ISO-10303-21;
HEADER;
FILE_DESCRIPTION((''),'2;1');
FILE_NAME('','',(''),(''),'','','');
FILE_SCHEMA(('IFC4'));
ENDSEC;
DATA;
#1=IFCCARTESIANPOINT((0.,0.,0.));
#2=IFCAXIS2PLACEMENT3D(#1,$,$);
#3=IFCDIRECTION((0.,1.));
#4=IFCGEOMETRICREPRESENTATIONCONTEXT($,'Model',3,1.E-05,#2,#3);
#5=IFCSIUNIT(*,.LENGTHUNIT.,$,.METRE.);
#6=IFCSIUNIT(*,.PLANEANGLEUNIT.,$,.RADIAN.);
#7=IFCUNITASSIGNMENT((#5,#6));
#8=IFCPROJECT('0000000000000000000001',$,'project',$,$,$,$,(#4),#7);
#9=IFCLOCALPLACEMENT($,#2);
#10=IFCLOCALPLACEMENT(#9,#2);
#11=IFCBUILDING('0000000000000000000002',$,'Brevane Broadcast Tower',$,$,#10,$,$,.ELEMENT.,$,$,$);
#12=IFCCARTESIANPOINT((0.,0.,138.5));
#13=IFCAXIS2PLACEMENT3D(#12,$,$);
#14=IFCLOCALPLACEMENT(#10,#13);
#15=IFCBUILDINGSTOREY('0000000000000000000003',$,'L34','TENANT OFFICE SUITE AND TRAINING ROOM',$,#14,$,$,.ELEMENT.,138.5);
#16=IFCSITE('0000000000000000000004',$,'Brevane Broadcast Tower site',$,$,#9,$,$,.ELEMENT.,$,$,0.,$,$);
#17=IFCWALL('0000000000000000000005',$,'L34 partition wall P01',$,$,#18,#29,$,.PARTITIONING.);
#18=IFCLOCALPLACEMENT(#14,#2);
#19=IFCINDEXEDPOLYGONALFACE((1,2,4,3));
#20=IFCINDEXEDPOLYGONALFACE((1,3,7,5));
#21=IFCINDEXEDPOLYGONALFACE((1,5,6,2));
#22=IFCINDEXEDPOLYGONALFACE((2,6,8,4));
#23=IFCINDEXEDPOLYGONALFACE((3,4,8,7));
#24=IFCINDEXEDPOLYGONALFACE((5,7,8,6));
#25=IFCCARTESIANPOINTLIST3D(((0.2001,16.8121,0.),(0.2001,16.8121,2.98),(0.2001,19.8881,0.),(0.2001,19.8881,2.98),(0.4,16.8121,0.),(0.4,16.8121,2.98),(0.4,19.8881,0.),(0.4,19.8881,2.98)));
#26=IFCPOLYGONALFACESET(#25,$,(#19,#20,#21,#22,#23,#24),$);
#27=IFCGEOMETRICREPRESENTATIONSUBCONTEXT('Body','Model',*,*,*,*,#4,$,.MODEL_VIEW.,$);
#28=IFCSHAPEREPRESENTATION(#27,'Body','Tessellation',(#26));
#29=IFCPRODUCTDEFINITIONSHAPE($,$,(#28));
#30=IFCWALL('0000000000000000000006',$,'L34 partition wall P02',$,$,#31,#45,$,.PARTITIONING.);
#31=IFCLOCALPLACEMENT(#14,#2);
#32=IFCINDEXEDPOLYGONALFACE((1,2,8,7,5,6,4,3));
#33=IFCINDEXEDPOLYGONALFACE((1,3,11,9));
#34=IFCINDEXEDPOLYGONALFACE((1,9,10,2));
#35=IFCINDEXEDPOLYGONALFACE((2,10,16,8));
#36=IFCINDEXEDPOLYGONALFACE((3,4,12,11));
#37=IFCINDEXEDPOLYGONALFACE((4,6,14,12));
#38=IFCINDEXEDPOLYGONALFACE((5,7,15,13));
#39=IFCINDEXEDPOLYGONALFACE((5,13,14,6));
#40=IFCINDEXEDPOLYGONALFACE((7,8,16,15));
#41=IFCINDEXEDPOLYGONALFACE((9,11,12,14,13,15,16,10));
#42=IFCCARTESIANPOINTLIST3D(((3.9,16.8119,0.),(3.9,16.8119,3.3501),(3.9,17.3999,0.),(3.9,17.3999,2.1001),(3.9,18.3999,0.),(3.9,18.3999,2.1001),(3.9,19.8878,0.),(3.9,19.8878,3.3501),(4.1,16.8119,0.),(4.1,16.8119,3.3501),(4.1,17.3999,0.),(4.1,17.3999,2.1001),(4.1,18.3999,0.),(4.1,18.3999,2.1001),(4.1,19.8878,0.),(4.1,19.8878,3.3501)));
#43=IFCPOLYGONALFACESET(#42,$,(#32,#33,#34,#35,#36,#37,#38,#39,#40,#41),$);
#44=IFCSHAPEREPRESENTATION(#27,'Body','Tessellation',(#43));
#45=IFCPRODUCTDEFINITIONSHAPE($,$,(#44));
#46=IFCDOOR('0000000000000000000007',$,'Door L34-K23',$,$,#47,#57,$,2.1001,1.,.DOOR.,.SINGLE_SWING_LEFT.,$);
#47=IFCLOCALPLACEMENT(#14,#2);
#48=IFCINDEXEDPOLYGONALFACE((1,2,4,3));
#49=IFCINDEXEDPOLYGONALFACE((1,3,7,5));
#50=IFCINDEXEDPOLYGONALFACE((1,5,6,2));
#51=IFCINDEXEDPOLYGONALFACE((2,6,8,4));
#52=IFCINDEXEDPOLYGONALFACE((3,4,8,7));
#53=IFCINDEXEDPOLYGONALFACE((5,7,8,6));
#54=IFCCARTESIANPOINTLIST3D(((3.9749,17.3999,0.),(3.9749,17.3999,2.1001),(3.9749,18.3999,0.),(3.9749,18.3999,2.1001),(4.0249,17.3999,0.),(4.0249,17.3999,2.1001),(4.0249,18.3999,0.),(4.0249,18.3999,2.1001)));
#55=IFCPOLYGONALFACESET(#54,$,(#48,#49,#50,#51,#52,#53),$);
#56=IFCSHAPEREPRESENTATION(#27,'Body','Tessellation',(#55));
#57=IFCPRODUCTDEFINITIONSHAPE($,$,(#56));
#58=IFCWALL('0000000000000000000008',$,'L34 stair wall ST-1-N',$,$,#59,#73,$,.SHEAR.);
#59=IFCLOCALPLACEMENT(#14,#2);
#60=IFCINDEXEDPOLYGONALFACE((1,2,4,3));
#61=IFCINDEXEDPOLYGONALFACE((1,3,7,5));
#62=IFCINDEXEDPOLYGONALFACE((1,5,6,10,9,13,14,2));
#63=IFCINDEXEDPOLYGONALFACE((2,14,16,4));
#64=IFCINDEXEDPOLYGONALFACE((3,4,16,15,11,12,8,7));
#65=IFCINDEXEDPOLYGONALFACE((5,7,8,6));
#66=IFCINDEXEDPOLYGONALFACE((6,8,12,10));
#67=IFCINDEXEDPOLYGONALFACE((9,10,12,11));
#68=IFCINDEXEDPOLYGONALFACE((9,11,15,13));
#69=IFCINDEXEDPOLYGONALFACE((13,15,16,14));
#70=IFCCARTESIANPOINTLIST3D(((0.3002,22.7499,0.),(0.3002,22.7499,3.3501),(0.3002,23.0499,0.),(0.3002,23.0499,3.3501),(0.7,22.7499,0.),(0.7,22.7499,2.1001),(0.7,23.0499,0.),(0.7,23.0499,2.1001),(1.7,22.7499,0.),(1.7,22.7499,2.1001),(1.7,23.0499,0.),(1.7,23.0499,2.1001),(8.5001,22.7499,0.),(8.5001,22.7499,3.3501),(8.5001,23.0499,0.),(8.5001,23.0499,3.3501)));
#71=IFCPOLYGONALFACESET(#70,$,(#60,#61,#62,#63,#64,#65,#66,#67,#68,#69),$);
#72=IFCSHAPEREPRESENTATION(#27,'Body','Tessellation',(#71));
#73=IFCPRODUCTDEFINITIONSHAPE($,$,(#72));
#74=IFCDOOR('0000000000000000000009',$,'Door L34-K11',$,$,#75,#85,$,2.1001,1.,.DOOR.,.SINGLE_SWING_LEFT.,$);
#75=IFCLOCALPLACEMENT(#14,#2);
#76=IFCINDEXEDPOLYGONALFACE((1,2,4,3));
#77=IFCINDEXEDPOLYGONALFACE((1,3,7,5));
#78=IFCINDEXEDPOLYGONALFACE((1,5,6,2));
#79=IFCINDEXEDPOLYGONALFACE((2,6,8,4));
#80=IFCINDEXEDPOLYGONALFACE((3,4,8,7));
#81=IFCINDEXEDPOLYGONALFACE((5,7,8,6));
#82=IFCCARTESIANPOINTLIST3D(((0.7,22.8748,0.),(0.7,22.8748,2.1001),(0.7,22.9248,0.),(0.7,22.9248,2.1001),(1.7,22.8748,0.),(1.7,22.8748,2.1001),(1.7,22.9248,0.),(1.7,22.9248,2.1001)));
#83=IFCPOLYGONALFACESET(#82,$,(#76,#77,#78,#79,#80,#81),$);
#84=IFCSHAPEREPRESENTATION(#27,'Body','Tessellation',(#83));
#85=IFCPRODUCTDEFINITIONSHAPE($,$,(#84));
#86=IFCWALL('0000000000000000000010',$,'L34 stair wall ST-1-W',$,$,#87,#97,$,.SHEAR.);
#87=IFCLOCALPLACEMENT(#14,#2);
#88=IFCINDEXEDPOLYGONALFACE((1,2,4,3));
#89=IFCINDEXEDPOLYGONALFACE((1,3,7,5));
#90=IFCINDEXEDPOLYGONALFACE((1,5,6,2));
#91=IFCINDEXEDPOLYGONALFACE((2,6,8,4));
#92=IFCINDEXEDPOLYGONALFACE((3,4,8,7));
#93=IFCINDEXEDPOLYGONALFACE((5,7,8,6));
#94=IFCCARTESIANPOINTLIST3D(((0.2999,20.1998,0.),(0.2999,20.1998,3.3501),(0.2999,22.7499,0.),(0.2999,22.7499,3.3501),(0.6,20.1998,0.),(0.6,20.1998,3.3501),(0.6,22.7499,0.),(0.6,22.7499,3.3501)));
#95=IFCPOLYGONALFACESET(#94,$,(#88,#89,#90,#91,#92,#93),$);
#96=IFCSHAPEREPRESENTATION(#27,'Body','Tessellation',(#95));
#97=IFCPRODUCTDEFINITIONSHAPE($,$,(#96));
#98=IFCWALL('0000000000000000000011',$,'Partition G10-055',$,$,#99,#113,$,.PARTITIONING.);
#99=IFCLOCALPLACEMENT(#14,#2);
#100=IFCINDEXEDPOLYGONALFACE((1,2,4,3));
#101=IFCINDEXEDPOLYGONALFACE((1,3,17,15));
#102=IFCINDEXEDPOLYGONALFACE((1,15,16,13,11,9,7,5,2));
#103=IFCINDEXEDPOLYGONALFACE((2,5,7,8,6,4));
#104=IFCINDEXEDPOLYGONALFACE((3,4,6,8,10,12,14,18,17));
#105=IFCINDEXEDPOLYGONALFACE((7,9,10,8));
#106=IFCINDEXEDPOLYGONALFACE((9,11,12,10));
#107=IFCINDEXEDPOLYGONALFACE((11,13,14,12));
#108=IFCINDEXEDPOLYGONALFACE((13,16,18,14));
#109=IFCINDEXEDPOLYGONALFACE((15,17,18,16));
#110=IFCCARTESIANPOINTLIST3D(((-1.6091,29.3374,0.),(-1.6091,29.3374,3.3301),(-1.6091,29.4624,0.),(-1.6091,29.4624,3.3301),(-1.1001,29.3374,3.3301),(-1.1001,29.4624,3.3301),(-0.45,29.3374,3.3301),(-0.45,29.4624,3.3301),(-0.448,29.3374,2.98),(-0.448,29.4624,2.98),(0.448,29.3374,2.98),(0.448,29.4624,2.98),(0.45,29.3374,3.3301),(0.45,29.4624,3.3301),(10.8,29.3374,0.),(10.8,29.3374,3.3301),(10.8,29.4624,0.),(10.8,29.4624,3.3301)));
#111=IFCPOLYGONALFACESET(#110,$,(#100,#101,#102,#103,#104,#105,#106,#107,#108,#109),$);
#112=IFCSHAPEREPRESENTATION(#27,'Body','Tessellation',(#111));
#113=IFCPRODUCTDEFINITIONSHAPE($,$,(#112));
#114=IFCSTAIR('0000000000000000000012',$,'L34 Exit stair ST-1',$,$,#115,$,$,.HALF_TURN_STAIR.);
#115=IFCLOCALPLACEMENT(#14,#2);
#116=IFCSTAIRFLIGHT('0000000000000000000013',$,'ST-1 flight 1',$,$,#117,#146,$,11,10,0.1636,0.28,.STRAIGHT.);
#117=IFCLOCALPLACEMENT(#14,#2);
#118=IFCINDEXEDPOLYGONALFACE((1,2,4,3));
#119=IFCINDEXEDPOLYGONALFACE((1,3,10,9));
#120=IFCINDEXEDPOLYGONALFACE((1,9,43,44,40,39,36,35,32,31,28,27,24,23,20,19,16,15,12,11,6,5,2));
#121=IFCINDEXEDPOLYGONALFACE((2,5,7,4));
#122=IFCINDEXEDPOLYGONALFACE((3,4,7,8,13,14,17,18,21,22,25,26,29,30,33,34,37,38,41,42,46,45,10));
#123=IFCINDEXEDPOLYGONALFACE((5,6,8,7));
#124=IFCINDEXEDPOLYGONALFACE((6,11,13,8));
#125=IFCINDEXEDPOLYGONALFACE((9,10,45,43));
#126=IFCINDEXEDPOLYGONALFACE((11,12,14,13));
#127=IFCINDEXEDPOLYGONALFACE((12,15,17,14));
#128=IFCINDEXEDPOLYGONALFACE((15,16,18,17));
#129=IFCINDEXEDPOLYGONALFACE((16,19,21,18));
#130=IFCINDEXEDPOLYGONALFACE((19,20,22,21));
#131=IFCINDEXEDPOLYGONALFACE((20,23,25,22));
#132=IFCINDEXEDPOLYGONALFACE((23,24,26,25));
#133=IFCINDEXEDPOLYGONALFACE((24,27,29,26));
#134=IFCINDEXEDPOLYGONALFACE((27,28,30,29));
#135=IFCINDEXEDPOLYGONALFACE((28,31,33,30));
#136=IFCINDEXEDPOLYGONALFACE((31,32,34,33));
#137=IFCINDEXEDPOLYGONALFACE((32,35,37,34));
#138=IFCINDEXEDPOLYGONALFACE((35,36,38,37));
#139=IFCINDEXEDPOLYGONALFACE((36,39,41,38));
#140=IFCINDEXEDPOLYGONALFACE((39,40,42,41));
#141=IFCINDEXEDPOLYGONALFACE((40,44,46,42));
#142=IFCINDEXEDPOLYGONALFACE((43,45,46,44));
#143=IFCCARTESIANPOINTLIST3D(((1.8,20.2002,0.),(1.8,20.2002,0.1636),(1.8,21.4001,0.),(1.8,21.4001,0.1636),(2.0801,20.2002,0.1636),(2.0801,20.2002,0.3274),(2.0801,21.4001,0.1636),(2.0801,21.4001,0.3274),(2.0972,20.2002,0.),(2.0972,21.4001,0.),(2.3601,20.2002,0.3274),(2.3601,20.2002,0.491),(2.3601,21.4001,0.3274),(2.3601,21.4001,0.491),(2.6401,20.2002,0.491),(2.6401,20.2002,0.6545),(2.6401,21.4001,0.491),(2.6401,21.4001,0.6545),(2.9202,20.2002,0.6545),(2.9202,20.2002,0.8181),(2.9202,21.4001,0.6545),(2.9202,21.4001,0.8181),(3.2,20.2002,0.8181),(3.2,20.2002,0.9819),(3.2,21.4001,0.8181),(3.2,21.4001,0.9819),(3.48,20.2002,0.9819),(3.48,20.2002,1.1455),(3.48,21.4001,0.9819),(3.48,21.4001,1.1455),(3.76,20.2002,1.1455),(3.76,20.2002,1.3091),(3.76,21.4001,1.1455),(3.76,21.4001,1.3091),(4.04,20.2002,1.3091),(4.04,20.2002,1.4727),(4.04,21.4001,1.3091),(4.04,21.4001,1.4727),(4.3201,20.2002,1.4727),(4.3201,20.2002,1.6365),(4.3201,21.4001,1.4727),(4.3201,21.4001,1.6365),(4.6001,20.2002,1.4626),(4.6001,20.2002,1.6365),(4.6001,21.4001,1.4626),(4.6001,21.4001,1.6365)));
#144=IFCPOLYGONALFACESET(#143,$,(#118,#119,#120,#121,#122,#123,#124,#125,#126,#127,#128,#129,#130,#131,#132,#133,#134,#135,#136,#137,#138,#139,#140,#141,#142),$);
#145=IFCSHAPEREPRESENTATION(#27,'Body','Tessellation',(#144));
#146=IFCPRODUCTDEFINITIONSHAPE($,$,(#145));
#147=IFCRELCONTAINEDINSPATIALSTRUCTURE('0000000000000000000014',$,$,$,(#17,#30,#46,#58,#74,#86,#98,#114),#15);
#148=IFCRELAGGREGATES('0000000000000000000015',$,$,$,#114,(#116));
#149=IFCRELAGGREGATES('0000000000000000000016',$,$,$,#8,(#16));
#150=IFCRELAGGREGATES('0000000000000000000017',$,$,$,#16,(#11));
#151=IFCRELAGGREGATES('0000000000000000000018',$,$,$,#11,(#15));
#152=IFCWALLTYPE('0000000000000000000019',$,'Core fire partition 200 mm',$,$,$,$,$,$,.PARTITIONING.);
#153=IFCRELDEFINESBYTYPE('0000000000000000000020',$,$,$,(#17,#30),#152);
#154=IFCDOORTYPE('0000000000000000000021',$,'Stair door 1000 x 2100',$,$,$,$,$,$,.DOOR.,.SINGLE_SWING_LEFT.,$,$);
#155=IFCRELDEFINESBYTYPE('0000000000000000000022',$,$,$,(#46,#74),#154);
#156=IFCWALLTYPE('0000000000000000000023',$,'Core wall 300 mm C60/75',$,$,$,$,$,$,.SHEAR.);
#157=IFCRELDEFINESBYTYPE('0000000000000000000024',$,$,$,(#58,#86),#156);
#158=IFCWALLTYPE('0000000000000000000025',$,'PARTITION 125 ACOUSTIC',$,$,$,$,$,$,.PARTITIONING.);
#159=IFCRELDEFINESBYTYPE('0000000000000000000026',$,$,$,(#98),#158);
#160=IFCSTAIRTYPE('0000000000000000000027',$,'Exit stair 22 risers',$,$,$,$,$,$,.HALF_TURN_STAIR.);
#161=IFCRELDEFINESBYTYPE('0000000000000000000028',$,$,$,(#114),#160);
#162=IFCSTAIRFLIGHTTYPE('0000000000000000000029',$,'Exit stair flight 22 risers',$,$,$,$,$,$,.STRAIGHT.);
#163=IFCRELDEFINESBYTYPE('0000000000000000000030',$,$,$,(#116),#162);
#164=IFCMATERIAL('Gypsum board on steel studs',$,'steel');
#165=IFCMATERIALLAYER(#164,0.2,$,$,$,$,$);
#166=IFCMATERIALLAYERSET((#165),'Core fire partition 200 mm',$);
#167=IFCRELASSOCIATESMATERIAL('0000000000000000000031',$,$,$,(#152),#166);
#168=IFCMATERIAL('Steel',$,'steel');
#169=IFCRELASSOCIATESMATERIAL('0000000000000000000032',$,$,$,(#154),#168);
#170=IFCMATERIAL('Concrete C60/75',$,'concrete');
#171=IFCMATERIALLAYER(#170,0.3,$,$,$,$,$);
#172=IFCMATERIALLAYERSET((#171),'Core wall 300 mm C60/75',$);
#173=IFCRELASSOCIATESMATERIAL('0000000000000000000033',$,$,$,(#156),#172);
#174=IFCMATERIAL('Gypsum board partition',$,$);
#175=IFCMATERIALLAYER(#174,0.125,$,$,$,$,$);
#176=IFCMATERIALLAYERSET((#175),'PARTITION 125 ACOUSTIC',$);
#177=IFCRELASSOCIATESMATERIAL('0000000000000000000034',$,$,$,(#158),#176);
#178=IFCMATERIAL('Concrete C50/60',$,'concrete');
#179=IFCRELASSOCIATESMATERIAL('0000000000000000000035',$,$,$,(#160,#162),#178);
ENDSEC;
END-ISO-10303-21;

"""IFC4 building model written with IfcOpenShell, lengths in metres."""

from ifc_helpers import new_model, si_unit, direction, frame, frame_2d, origin, place, context, subcontext, project, spatial, polyline, rectangle, outline, extrude, material, layer, layer_set, type_object, element, fill, aggregate, save


model = new_model("IFC4")

# Units and contexts
model_context = context("Model", 3, precision=1e-05, world=origin(), true_north=direction((0.0, 1.0)))
body_context = subcontext(model_context, "Body", "Model", "MODEL_VIEW")
ifc_project = project(units=[si_unit("LENGTHUNIT", "METRE"), si_unit("PLANEANGLEUNIT", "RADIAN")], contexts=[model_context])

# Site, building, storey
site_placement = place(None, origin())
site = spatial("IfcSite", under=ifc_project, at=site_placement, Name="Brevane Broadcast Tower site", CompositionType="ELEMENT", RefElevation=0.0)
building_placement = place(site_placement, origin())
building = spatial("IfcBuilding", under=site, at=building_placement, Name="Brevane Broadcast Tower", CompositionType="ELEMENT")
storey_placement = place(building_placement, frame((0.0, 0.0, 138.5)))
storey = spatial("IfcBuildingStorey", under=building, at=storey_placement, Name="L34", Description="TENANT OFFICE SUITE AND TRAINING ROOM", CompositionType="ELEMENT", Elevation=138.5)

# Shared definitions
ifc_material_1 = material(Name="Concrete C60/75", Category="concrete")

# Wall
ifc_material_2 = material(Name="Gypsum board on steel studs", Category="steel")
ifc_layer_1 = layer(ifc_material_2, 0.2)
ifc_layer_set_1 = layer_set([ifc_layer_1], Name="Core fire partition 200 mm")
wall_type_1 = type_object("IfcWallType", Name="Core fire partition 200 mm", PredefinedType="PARTITIONING", material=ifc_layer_set_1)
wall_1_placement = place(storey_placement, frame((0.3, 16.812, 0.0), z_axis=(0.0, 0.0, 1.0), x_axis=(0.0, 1.0, 0.0)))
element("IfcWall", 1, at=wall_1_placement, inside=storey, type_object=wall_type_1, Name="L34 partition wall P01", PredefinedType="PARTITIONING", context=body_context, shape_type="SweptSolid", body=[
    extrude(rectangle(XDim=3.0759, YDim=0.2, at=frame_2d((1.5381, 0.0))), origin(), (0.0, 0.0, 1.0), 2.98),
])

# Walls, openings, doors
wall_2_placement = place(storey_placement, frame((4.0, 19.8879, 0.0), z_axis=(0.0, 0.0, 1.0), x_axis=(0.0, -1.0, 0.0)))
wall_2 = element("IfcWall", 2, at=wall_2_placement, inside=storey, type_object=wall_type_1, Name="L34 partition wall P02", PredefinedType="PARTITIONING", context=body_context, shape_type="SweptSolid", body=[
    extrude(rectangle(XDim=3.0759, YDim=0.2, at=frame_2d((1.5381, 0.0))), origin(), (0.0, 0.0, 1.0), 3.3501),
])
opening_1_placement = place(wall_2_placement, frame((1.488, 0.0, 0.0)))
opening_1 = element("IfcOpeningElement", 3, at=opening_1_placement, cuts=wall_2, PredefinedType="OPENING", context=body_context, shape_type="SweptSolid", body=[
    extrude(rectangle(XDim=1.0, YDim=2.1001, at=frame_2d((0.5, 1.05))), frame((0.0, 0.1099, 0.0), z_axis=(0.0, -1.0, 0.0), x_axis=(1.0, 0.0, 0.0)), (0.0, 0.0, 1.0), 0.22),
])
ifc_material_3 = material(Name="Steel", Category="steel")
door_type = type_object("IfcDoorType", Name="Stair door 1000 x 2100", OperationType="SINGLE_SWING_LEFT", PredefinedType="DOOR", material=ifc_material_3)
door_1_placement = place(opening_1_placement, origin())
door_1 = element("IfcDoor", 4, at=door_1_placement, inside=storey, type_object=door_type, Name="Door L34-K23", OperationType="SINGLE_SWING_LEFT", OverallHeight=2.1001, OverallWidth=1.0, PredefinedType="DOOR", context=body_context, shape_type="SweptSolid", body=[
    extrude(rectangle(XDim=1.0, YDim=2.1001, at=frame_2d((0.5, 1.05))), frame((0.0, 0.0249, 0.0), z_axis=(0.0, -1.0, 0.0), x_axis=(1.0, 0.0, 0.0)), (0.0, 0.0, 1.0), 0.05),
])
fill(opening_1, door_1)
ifc_layer_2 = layer(ifc_material_1, 0.3)
ifc_layer_set_2 = layer_set([ifc_layer_2], Name="Core wall 300 mm C60/75")
wall_type_2 = type_object("IfcWallType", Name="Core wall 300 mm C60/75", PredefinedType="SHEAR", material=ifc_layer_set_2)
wall_3_placement = place(storey_placement, frame((0.3, 22.8999, 0.0), z_axis=(0.0, 0.0, 1.0), x_axis=(1.0, 0.0, 0.0)))
wall_3 = element("IfcWall", 5, at=wall_3_placement, inside=storey, type_object=wall_type_2, Name="L34 stair wall ST-1-N", PredefinedType="SHEAR", context=body_context, shape_type="SweptSolid", body=[
    extrude(rectangle(XDim=8.2, YDim=0.3, at=frame_2d((4.1001, 0.0))), origin(), (0.0, 0.0, 1.0), 3.3501),
])
opening_2_placement = place(wall_3_placement, frame((0.3999, 0.0, 0.0)))
opening_2 = element("IfcOpeningElement", 6, at=opening_2_placement, cuts=wall_3, PredefinedType="OPENING", context=body_context, shape_type="SweptSolid", body=[
    extrude(rectangle(XDim=1.0, YDim=2.1001, at=frame_2d((0.5, 1.05))), frame((0.0, 0.1599, 0.0), z_axis=(0.0, -1.0, 0.0), x_axis=(1.0, 0.0, 0.0)), (0.0, 0.0, 1.0), 0.3201),
])
door_2_placement = place(opening_2_placement, origin())
door_2 = element("IfcDoor", 7, at=door_2_placement, inside=storey, type_object=door_type, Name="Door L34-K11", OperationType="SINGLE_SWING_LEFT", OverallHeight=2.1001, OverallWidth=1.0, PredefinedType="DOOR", context=body_context, shape_type="SweptSolid", body=[
    extrude(rectangle(XDim=1.0, YDim=2.1001, at=frame_2d((0.5, 1.05))), frame((0.0, 0.0249, 0.0), z_axis=(0.0, -1.0, 0.0), x_axis=(1.0, 0.0, 0.0)), (0.0, 0.0, 1.0), 0.05),
])
fill(opening_2, door_2)

# Walls
wall_4_placement = place(storey_placement, frame((0.45, 20.2, 0.0), z_axis=(0.0, 0.0, 1.0), x_axis=(0.0, 1.0, 0.0)))
element("IfcWall", 8, at=wall_4_placement, inside=storey, type_object=wall_type_2, Name="L34 stair wall ST-1-W", PredefinedType="SHEAR", context=body_context, shape_type="SweptSolid", body=[
    extrude(rectangle(XDim=2.55, YDim=0.3, at=frame_2d((1.2749, 0.0))), origin(), (0.0, 0.0, 1.0), 3.3501),
])
ifc_material_4 = material(Name="Gypsum board partition")
ifc_layer_3 = layer(ifc_material_4, 0.125)
ifc_layer_set_3 = layer_set([ifc_layer_3], Name="PARTITION 125 ACOUSTIC")
wall_type_3 = type_object("IfcWallType", Name="PARTITION 125 ACOUSTIC", PredefinedType="PARTITIONING", material=ifc_layer_set_3)
wall_5_placement = place(storey_placement, frame((-1.6091, 29.3999, 0.0), z_axis=(0.0, 0.0, 1.0), x_axis=(1.0, 0.0, 0.0)))
element("IfcWall", 9, at=wall_5_placement, inside=storey, type_object=wall_type_3, Name="Partition G10-055", PredefinedType="PARTITIONING", context=body_context, shape_type="SweptSolid", body=[
    extrude(outline(polyline([(0.0, 0.0), (12.4092, 0.0), (12.4092, 3.3301), (2.0591, 3.3301), (2.0571, 2.98), (1.1611, 2.98), (1.1592, 3.3301), (0.509, 3.3301), (0.0, 3.3301), (0.0, 0.0)])), frame((0.0, 0.0625, 0.0), z_axis=(0.0, -1.0, 0.0), x_axis=(1.0, 0.0, 0.0)), (0.0, 0.0, 1.0), 0.125),
])

# Stair, stair flight
ifc_material_5 = material(Name="Concrete C50/60", Category="concrete")
stair_type = type_object("IfcStairType", Name="Exit stair 22 risers", PredefinedType="HALF_TURN_STAIR", material=ifc_material_5)
stair_placement = place(storey_placement, origin())
stair = element("IfcStair", 10, at=stair_placement, inside=storey, type_object=stair_type, Name="L34 Exit stair ST-1", PredefinedType="HALF_TURN_STAIR")
stair_flight_type = type_object("IfcStairFlightType", Name="Exit stair flight 22 risers", PredefinedType="STRAIGHT", material=ifc_material_5)
stair_flight_1_placement = place(storey_placement, frame((1.8, 20.8, 0.0), z_axis=(0.0, 0.0, 1.0), x_axis=(1.0, 0.0, 0.0)))
stair_flight_1 = element("IfcStairFlight", 11, at=stair_flight_1_placement, type_object=stair_flight_type, Name="ST-1 flight 1", NumberOfRisers=11, NumberOfTreads=10, PredefinedType="STRAIGHT", RiserHeight=0.1636, TreadLength=0.28, context=body_context, shape_type="SweptSolid", body=[
    extrude(outline(polyline([(0.0, 0.0), (0.0, 0.1636), (0.28, 0.1636), (0.28, 0.3274), (0.5601, 0.3274), (0.5601, 0.491), (0.8401, 0.491), (0.8401, 0.6545), (1.1201, 0.6545), (1.1201, 0.8181), (1.3999, 0.8181), (1.3999, 0.9819), (1.6799, 0.9819), (1.6799, 1.1455), (1.96, 1.1455), (1.96, 1.3091), (2.24, 1.3091), (2.24, 1.4727), (2.52, 1.4727), (2.52, 1.6365), (2.8, 1.6365), (2.8, 1.8), (2.8, 1.4626), (0.2971, 0.0), (0.0, 0.0)])), frame((0.0, 0.6001, 0.0), z_axis=(0.0, -1.0, 0.0), x_axis=(1.0, 0.0, 0.0)), (0.0, 0.0, 1.0), 1.2),
])
aggregate(stair, [stair_flight_1])

save(model, "model.ifc")
